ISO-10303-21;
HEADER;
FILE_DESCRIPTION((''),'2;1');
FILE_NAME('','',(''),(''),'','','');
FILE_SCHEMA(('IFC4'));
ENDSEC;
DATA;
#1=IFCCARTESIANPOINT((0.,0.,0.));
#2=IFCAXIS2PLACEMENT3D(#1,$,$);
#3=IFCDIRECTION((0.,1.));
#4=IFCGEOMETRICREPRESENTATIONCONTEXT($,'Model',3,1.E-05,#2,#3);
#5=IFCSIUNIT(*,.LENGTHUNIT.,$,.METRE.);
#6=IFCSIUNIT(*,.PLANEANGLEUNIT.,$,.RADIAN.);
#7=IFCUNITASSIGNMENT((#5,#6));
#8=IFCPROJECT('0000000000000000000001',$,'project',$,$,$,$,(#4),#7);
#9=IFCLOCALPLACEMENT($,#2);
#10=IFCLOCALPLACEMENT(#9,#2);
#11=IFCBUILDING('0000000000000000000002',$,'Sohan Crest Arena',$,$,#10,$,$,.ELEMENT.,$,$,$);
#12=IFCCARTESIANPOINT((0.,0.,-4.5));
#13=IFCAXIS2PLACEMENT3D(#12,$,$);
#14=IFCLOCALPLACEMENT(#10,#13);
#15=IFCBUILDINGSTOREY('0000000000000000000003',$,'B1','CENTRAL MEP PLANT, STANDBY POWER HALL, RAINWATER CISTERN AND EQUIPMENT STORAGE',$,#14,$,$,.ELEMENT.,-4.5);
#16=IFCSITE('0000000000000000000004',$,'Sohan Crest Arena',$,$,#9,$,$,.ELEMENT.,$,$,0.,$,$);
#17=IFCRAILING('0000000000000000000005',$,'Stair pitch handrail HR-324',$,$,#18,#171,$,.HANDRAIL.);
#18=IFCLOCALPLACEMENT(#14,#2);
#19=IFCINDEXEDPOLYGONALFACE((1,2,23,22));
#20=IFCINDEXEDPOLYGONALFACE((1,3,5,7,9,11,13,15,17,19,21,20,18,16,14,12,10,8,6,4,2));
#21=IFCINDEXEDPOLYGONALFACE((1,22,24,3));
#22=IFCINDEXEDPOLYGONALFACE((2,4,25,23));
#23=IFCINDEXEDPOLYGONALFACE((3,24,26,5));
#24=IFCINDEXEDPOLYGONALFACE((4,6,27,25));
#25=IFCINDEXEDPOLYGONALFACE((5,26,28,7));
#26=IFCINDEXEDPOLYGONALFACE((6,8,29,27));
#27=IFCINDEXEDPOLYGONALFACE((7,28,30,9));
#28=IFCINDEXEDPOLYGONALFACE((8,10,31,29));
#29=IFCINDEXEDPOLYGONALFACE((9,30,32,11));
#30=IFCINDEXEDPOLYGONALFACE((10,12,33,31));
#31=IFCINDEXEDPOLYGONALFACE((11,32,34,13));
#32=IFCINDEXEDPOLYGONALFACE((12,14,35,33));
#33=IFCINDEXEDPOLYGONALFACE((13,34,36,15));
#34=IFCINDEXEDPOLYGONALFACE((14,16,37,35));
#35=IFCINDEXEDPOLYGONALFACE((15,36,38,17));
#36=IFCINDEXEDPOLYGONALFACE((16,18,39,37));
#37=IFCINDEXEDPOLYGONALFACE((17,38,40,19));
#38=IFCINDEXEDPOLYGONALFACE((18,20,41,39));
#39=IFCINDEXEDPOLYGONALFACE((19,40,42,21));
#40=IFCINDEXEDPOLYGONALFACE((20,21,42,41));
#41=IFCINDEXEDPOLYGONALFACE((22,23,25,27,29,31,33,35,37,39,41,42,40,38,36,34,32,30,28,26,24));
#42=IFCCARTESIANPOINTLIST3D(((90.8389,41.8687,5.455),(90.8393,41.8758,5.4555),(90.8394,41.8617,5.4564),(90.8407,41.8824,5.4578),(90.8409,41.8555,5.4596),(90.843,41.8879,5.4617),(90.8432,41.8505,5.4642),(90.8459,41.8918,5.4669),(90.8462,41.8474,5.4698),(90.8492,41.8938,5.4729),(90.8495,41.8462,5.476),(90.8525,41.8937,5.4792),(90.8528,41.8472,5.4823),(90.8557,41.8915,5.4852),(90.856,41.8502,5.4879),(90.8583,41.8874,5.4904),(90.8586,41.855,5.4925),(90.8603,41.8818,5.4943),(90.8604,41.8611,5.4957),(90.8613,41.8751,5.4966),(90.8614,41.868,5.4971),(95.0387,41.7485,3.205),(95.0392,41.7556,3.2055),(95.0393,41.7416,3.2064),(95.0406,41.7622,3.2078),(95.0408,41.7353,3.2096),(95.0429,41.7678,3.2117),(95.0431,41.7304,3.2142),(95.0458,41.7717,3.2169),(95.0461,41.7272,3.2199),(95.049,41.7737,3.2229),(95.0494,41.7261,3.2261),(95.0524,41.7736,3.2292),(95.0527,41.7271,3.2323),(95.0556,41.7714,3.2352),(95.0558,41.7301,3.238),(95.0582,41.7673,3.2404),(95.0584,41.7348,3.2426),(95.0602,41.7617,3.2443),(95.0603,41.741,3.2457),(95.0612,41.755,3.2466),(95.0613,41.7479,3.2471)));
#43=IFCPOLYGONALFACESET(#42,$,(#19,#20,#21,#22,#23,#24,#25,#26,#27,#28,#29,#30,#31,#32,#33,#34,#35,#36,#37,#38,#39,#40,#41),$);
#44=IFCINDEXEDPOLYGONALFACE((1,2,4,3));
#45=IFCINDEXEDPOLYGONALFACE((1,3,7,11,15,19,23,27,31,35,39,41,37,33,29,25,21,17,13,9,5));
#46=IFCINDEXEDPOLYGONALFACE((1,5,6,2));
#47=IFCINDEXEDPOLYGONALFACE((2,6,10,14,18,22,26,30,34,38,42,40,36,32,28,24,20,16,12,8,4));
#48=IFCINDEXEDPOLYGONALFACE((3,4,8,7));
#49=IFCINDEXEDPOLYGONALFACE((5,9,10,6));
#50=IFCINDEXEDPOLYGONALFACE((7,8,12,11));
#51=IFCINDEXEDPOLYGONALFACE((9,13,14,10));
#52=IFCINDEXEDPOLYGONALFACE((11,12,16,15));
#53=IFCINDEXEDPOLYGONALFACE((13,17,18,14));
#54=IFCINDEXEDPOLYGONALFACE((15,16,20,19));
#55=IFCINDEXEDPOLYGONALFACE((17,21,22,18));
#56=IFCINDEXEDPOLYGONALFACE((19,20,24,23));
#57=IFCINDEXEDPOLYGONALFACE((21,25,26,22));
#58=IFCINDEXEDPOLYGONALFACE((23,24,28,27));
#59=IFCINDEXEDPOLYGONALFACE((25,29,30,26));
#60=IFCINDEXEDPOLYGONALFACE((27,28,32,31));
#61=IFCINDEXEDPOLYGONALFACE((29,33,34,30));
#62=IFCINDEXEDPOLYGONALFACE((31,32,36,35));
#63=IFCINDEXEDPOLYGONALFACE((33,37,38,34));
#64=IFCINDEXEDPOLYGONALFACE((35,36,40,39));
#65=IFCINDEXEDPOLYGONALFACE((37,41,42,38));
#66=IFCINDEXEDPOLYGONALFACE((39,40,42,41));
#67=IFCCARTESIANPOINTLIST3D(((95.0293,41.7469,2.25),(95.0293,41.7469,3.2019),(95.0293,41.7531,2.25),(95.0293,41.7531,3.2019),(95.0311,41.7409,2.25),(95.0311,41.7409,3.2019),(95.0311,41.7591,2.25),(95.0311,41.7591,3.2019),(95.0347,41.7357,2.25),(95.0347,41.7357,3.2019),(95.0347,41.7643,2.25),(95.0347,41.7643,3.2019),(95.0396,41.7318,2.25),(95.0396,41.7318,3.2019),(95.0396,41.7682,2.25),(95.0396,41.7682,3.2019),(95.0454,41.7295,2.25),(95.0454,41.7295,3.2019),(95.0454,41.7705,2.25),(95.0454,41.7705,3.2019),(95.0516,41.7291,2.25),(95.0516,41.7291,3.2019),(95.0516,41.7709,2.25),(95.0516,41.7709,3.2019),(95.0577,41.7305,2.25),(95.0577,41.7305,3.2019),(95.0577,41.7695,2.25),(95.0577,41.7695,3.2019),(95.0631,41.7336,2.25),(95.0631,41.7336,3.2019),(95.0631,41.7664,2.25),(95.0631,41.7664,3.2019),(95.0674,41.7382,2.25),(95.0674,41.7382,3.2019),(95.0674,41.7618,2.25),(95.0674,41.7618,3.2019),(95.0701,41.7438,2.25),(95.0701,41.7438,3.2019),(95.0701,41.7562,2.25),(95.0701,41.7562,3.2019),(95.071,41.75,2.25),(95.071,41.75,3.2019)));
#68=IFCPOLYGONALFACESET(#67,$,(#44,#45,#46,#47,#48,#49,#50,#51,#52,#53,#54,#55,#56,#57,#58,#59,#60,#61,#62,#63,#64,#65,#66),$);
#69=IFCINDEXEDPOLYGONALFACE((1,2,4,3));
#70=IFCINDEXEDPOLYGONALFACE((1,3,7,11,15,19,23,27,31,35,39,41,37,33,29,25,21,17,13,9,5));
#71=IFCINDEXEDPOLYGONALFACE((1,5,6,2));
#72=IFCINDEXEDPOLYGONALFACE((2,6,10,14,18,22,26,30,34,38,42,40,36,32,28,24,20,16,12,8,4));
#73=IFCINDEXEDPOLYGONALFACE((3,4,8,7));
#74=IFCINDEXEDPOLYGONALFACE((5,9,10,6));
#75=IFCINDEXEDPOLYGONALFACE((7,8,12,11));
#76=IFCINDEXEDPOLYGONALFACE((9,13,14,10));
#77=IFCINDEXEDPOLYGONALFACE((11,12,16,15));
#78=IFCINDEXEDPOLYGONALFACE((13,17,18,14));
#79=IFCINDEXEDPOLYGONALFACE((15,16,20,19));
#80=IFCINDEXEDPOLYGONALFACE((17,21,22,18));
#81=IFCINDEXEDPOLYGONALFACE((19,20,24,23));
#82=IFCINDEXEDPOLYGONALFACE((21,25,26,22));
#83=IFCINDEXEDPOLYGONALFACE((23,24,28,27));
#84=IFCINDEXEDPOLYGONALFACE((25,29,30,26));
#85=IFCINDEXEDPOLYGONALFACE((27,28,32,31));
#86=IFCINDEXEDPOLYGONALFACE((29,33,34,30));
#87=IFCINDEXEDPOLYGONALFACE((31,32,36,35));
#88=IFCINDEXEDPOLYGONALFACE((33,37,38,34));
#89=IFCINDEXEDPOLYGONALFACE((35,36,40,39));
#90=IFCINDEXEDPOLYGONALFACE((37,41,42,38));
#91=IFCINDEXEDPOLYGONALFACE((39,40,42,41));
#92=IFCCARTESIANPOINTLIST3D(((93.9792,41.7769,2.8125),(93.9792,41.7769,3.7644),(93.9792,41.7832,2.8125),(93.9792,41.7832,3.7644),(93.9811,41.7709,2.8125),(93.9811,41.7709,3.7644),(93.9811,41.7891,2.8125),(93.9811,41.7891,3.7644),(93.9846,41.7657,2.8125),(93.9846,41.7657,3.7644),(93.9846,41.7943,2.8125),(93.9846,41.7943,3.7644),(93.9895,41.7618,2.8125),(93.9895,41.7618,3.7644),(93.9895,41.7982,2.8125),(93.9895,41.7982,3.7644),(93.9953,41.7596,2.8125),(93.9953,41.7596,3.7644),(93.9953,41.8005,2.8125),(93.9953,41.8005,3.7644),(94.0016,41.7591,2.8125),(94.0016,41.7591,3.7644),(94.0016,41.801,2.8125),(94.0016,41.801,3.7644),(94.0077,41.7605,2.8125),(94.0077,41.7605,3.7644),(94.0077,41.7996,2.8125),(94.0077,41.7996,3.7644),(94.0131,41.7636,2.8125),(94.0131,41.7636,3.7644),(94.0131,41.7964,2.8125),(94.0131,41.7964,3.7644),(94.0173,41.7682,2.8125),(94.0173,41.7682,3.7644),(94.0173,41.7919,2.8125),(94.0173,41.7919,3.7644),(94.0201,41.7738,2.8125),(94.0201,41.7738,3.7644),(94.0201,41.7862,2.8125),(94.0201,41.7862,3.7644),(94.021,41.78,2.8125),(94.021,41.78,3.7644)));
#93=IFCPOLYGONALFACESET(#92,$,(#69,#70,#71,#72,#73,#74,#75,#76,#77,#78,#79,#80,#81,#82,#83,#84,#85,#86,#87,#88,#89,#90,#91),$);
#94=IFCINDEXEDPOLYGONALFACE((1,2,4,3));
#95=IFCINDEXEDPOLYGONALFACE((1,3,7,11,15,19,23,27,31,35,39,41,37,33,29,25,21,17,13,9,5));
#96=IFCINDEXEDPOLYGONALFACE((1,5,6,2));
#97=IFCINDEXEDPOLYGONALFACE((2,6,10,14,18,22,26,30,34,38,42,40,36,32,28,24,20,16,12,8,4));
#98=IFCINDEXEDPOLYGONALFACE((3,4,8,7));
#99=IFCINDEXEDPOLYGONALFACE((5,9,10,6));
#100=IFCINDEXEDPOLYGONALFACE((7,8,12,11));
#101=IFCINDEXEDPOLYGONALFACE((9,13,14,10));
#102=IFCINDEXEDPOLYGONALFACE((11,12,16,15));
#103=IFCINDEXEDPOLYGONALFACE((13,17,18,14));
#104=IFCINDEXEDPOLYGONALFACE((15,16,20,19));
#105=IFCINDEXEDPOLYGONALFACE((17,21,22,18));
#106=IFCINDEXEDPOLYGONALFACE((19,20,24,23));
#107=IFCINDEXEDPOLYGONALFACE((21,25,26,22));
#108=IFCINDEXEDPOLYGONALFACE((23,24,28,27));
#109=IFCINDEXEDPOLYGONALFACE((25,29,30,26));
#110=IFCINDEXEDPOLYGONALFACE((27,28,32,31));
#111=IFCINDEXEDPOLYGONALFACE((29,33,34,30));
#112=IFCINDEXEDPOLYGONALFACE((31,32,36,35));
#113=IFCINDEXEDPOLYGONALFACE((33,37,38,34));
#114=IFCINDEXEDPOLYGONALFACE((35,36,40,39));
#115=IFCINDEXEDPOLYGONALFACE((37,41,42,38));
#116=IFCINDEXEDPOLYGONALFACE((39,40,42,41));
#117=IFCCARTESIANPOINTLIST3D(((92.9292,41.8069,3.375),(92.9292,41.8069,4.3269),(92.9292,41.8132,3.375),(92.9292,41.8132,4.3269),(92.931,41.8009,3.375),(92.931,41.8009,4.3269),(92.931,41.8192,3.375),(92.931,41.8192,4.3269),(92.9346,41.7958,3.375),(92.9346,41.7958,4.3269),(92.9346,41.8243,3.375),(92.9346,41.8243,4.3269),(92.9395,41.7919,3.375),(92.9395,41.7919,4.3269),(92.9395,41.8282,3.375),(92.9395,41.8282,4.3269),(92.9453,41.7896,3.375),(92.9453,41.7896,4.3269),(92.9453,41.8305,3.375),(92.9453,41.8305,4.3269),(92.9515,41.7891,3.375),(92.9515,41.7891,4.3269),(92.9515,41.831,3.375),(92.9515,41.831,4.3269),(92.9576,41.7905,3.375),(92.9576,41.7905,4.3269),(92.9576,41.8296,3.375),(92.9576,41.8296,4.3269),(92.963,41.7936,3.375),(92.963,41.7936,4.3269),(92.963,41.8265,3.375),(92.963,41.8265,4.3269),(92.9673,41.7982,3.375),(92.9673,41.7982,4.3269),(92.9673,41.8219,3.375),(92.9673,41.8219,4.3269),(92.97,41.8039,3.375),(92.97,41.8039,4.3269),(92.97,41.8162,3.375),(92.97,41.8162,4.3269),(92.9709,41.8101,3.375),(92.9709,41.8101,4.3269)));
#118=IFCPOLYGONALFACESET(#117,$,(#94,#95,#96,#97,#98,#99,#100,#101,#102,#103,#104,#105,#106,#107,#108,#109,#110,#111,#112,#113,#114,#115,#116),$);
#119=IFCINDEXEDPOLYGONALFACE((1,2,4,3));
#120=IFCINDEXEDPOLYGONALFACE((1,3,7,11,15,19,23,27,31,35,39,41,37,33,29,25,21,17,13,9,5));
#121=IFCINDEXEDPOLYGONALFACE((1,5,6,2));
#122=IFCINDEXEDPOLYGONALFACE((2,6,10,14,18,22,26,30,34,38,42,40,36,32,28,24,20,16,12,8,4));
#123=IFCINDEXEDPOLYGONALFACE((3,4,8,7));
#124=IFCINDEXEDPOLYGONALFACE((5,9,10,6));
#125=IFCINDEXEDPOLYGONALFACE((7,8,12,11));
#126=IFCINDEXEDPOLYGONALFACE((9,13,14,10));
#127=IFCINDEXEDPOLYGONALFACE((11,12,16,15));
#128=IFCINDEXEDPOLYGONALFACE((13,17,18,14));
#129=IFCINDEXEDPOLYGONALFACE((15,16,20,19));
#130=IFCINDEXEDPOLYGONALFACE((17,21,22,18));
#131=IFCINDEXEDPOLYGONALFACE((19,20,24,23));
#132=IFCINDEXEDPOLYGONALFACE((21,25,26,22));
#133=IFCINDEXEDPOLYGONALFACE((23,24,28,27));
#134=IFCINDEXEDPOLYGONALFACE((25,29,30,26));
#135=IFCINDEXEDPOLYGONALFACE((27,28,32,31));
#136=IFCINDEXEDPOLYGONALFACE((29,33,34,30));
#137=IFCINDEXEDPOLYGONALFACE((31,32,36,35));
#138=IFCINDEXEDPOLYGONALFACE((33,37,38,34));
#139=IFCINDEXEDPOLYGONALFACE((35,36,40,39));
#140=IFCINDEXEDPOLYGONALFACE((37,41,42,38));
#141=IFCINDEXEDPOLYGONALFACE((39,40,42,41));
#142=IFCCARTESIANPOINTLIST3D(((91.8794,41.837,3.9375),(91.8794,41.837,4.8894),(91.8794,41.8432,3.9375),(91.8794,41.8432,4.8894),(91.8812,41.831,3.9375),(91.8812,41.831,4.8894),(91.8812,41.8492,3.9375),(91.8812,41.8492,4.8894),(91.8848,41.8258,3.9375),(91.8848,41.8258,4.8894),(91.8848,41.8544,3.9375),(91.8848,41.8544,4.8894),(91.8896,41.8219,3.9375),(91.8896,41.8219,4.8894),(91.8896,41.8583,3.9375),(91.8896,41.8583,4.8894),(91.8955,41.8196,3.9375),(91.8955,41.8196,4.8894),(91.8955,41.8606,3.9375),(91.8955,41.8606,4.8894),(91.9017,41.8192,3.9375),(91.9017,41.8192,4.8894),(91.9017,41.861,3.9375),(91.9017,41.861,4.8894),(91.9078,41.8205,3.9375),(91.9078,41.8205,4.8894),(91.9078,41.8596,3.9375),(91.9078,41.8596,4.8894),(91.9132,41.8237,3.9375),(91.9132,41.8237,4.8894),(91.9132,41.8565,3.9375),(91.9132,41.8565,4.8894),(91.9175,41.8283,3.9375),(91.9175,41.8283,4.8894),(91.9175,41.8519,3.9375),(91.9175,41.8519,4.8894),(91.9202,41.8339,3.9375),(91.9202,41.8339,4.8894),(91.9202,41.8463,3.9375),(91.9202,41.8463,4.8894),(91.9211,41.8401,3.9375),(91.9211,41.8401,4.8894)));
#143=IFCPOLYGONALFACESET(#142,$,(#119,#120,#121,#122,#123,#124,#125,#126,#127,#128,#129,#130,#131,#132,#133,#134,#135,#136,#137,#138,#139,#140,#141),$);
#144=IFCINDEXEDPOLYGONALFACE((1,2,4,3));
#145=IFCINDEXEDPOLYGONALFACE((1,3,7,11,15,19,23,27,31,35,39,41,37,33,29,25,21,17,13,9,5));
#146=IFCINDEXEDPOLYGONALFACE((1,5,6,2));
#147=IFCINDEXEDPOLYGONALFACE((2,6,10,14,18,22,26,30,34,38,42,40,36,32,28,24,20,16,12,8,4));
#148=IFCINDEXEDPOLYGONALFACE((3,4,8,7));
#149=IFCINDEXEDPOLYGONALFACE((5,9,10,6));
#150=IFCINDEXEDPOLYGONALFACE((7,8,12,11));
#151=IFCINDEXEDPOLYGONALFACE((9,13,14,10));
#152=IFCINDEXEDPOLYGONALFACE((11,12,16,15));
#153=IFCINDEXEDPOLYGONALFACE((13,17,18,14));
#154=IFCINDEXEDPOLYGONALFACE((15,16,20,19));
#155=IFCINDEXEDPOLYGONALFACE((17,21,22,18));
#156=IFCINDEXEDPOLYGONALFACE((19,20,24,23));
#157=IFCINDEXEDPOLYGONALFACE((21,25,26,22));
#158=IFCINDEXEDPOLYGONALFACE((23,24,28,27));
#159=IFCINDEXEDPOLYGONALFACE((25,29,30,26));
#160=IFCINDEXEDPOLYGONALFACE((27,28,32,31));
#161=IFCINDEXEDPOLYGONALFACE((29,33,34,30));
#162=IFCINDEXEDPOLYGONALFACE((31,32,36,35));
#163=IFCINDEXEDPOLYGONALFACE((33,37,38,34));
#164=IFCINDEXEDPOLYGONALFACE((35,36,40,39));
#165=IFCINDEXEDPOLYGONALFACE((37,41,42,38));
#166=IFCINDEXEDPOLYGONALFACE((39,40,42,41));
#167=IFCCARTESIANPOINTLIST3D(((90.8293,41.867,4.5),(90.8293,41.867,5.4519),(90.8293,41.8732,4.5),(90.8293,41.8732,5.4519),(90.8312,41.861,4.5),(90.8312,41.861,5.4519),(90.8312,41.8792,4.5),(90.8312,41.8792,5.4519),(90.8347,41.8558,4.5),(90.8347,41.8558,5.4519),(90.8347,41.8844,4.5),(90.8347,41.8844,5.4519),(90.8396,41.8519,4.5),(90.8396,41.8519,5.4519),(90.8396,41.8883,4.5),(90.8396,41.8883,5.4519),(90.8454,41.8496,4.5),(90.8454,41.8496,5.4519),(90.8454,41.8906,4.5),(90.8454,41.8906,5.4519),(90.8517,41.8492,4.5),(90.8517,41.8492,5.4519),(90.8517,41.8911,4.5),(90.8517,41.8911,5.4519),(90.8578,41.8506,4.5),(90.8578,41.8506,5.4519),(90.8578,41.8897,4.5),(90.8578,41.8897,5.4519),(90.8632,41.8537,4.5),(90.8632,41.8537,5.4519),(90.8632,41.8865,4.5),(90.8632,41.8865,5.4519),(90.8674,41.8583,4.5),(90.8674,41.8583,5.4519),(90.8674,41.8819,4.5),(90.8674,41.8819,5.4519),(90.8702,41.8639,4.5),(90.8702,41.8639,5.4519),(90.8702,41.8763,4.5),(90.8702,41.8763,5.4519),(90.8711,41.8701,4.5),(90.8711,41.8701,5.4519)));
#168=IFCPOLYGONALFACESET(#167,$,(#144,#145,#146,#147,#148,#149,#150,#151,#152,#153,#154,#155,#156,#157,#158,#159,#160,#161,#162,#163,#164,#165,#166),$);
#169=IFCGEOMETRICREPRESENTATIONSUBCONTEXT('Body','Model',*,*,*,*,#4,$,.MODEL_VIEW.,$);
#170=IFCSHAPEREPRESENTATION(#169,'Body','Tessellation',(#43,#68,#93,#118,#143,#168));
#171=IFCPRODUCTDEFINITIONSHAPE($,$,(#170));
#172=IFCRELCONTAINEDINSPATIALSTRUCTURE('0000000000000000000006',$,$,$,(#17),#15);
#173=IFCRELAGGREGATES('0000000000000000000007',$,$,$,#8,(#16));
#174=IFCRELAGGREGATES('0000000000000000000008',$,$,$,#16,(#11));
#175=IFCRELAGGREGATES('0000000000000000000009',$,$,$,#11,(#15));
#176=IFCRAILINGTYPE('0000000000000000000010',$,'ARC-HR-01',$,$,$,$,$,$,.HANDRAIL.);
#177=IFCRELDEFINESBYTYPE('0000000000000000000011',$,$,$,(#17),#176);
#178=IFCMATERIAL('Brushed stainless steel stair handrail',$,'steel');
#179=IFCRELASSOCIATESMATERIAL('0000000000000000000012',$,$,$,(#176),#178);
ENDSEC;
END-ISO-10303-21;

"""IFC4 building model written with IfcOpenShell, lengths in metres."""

from ifc_helpers import new_model, si_unit, direction, frame, origin, origin_2d, place, context, subcontext, project, spatial, circle, extrude, material, type_object, element, save


model = new_model("IFC4")

# Units and contexts
model_context = context("Model", 3, precision=1e-05, world=origin(), true_north=direction((0.0, 1.0)))
body_context = subcontext(model_context, "Body", "Model", "MODEL_VIEW")
ifc_project = project(units=[si_unit("LENGTHUNIT", "METRE"), si_unit("PLANEANGLEUNIT", "RADIAN")], contexts=[model_context])

# Site, building, storey
site_placement = place(None, origin())
site = spatial("IfcSite", under=ifc_project, at=site_placement, Name="Sohan Crest Arena", CompositionType="ELEMENT", RefElevation=0.0)
building_placement = place(site_placement, origin())
building = spatial("IfcBuilding", under=site, at=building_placement, Name="Sohan Crest Arena", CompositionType="ELEMENT")
storey_placement = place(building_placement, frame((0.0, 0.0, -4.5)))
storey = spatial("IfcBuildingStorey", under=building, at=storey_placement, Name="B1", Description="CENTRAL MEP PLANT, STANDBY POWER HALL, RAINWATER CISTERN AND EQUIPMENT STORAGE", CompositionType="ELEMENT", Elevation=-4.5)

# Railing
ifc_material_1 = material(Name="Brushed stainless steel stair handrail", Category="steel")
railing_type_1 = type_object("IfcRailingType", Name="ARC-HR-01", PredefinedType="HANDRAIL", material=ifc_material_1)
railing_1_placement = place(storey_placement, frame((95.05, 41.75, 2.25)))
element("IfcRailing", 1, at=railing_1_placement, inside=storey, type_object=railing_type_1, Name="Stair pitch handrail HR-324", PredefinedType="HANDRAIL", context=body_context, shape_type="SweptSolid", body=[
    extrude(circle(Radius=0.0239, at=origin_2d()), frame((0.0, 0.0, 0.9761), z_axis=(-0.881198, 0.025202, 0.472076), x_axis=(-0.028588, -0.999591, 0.0)), (0.0, 0.0, 1.0), 4.7661),
    extrude(circle(Radius=0.021, at=origin_2d()), origin(), (0.0, 0.0, 1.0), 0.9519),
    extrude(circle(Radius=0.021, at=origin_2d()), frame((-1.05, 0.03, 0.5625)), (0.0, 0.0, 1.0), 0.9519),
    extrude(circle(Radius=0.021, at=origin_2d()), frame((-2.1001, 0.0601, 1.125)), (0.0, 0.0, 1.0), 0.9519),
    extrude(circle(Radius=0.021, at=origin_2d()), frame((-3.1499, 0.0901, 1.6875)), (0.0, 0.0, 1.0), 0.9519),
    extrude(circle(Radius=0.021, at=origin_2d()), frame((-4.2, 0.1201, 2.25)), (0.0, 0.0, 1.0), 0.9519),
])

save(model, "model.ifc")
